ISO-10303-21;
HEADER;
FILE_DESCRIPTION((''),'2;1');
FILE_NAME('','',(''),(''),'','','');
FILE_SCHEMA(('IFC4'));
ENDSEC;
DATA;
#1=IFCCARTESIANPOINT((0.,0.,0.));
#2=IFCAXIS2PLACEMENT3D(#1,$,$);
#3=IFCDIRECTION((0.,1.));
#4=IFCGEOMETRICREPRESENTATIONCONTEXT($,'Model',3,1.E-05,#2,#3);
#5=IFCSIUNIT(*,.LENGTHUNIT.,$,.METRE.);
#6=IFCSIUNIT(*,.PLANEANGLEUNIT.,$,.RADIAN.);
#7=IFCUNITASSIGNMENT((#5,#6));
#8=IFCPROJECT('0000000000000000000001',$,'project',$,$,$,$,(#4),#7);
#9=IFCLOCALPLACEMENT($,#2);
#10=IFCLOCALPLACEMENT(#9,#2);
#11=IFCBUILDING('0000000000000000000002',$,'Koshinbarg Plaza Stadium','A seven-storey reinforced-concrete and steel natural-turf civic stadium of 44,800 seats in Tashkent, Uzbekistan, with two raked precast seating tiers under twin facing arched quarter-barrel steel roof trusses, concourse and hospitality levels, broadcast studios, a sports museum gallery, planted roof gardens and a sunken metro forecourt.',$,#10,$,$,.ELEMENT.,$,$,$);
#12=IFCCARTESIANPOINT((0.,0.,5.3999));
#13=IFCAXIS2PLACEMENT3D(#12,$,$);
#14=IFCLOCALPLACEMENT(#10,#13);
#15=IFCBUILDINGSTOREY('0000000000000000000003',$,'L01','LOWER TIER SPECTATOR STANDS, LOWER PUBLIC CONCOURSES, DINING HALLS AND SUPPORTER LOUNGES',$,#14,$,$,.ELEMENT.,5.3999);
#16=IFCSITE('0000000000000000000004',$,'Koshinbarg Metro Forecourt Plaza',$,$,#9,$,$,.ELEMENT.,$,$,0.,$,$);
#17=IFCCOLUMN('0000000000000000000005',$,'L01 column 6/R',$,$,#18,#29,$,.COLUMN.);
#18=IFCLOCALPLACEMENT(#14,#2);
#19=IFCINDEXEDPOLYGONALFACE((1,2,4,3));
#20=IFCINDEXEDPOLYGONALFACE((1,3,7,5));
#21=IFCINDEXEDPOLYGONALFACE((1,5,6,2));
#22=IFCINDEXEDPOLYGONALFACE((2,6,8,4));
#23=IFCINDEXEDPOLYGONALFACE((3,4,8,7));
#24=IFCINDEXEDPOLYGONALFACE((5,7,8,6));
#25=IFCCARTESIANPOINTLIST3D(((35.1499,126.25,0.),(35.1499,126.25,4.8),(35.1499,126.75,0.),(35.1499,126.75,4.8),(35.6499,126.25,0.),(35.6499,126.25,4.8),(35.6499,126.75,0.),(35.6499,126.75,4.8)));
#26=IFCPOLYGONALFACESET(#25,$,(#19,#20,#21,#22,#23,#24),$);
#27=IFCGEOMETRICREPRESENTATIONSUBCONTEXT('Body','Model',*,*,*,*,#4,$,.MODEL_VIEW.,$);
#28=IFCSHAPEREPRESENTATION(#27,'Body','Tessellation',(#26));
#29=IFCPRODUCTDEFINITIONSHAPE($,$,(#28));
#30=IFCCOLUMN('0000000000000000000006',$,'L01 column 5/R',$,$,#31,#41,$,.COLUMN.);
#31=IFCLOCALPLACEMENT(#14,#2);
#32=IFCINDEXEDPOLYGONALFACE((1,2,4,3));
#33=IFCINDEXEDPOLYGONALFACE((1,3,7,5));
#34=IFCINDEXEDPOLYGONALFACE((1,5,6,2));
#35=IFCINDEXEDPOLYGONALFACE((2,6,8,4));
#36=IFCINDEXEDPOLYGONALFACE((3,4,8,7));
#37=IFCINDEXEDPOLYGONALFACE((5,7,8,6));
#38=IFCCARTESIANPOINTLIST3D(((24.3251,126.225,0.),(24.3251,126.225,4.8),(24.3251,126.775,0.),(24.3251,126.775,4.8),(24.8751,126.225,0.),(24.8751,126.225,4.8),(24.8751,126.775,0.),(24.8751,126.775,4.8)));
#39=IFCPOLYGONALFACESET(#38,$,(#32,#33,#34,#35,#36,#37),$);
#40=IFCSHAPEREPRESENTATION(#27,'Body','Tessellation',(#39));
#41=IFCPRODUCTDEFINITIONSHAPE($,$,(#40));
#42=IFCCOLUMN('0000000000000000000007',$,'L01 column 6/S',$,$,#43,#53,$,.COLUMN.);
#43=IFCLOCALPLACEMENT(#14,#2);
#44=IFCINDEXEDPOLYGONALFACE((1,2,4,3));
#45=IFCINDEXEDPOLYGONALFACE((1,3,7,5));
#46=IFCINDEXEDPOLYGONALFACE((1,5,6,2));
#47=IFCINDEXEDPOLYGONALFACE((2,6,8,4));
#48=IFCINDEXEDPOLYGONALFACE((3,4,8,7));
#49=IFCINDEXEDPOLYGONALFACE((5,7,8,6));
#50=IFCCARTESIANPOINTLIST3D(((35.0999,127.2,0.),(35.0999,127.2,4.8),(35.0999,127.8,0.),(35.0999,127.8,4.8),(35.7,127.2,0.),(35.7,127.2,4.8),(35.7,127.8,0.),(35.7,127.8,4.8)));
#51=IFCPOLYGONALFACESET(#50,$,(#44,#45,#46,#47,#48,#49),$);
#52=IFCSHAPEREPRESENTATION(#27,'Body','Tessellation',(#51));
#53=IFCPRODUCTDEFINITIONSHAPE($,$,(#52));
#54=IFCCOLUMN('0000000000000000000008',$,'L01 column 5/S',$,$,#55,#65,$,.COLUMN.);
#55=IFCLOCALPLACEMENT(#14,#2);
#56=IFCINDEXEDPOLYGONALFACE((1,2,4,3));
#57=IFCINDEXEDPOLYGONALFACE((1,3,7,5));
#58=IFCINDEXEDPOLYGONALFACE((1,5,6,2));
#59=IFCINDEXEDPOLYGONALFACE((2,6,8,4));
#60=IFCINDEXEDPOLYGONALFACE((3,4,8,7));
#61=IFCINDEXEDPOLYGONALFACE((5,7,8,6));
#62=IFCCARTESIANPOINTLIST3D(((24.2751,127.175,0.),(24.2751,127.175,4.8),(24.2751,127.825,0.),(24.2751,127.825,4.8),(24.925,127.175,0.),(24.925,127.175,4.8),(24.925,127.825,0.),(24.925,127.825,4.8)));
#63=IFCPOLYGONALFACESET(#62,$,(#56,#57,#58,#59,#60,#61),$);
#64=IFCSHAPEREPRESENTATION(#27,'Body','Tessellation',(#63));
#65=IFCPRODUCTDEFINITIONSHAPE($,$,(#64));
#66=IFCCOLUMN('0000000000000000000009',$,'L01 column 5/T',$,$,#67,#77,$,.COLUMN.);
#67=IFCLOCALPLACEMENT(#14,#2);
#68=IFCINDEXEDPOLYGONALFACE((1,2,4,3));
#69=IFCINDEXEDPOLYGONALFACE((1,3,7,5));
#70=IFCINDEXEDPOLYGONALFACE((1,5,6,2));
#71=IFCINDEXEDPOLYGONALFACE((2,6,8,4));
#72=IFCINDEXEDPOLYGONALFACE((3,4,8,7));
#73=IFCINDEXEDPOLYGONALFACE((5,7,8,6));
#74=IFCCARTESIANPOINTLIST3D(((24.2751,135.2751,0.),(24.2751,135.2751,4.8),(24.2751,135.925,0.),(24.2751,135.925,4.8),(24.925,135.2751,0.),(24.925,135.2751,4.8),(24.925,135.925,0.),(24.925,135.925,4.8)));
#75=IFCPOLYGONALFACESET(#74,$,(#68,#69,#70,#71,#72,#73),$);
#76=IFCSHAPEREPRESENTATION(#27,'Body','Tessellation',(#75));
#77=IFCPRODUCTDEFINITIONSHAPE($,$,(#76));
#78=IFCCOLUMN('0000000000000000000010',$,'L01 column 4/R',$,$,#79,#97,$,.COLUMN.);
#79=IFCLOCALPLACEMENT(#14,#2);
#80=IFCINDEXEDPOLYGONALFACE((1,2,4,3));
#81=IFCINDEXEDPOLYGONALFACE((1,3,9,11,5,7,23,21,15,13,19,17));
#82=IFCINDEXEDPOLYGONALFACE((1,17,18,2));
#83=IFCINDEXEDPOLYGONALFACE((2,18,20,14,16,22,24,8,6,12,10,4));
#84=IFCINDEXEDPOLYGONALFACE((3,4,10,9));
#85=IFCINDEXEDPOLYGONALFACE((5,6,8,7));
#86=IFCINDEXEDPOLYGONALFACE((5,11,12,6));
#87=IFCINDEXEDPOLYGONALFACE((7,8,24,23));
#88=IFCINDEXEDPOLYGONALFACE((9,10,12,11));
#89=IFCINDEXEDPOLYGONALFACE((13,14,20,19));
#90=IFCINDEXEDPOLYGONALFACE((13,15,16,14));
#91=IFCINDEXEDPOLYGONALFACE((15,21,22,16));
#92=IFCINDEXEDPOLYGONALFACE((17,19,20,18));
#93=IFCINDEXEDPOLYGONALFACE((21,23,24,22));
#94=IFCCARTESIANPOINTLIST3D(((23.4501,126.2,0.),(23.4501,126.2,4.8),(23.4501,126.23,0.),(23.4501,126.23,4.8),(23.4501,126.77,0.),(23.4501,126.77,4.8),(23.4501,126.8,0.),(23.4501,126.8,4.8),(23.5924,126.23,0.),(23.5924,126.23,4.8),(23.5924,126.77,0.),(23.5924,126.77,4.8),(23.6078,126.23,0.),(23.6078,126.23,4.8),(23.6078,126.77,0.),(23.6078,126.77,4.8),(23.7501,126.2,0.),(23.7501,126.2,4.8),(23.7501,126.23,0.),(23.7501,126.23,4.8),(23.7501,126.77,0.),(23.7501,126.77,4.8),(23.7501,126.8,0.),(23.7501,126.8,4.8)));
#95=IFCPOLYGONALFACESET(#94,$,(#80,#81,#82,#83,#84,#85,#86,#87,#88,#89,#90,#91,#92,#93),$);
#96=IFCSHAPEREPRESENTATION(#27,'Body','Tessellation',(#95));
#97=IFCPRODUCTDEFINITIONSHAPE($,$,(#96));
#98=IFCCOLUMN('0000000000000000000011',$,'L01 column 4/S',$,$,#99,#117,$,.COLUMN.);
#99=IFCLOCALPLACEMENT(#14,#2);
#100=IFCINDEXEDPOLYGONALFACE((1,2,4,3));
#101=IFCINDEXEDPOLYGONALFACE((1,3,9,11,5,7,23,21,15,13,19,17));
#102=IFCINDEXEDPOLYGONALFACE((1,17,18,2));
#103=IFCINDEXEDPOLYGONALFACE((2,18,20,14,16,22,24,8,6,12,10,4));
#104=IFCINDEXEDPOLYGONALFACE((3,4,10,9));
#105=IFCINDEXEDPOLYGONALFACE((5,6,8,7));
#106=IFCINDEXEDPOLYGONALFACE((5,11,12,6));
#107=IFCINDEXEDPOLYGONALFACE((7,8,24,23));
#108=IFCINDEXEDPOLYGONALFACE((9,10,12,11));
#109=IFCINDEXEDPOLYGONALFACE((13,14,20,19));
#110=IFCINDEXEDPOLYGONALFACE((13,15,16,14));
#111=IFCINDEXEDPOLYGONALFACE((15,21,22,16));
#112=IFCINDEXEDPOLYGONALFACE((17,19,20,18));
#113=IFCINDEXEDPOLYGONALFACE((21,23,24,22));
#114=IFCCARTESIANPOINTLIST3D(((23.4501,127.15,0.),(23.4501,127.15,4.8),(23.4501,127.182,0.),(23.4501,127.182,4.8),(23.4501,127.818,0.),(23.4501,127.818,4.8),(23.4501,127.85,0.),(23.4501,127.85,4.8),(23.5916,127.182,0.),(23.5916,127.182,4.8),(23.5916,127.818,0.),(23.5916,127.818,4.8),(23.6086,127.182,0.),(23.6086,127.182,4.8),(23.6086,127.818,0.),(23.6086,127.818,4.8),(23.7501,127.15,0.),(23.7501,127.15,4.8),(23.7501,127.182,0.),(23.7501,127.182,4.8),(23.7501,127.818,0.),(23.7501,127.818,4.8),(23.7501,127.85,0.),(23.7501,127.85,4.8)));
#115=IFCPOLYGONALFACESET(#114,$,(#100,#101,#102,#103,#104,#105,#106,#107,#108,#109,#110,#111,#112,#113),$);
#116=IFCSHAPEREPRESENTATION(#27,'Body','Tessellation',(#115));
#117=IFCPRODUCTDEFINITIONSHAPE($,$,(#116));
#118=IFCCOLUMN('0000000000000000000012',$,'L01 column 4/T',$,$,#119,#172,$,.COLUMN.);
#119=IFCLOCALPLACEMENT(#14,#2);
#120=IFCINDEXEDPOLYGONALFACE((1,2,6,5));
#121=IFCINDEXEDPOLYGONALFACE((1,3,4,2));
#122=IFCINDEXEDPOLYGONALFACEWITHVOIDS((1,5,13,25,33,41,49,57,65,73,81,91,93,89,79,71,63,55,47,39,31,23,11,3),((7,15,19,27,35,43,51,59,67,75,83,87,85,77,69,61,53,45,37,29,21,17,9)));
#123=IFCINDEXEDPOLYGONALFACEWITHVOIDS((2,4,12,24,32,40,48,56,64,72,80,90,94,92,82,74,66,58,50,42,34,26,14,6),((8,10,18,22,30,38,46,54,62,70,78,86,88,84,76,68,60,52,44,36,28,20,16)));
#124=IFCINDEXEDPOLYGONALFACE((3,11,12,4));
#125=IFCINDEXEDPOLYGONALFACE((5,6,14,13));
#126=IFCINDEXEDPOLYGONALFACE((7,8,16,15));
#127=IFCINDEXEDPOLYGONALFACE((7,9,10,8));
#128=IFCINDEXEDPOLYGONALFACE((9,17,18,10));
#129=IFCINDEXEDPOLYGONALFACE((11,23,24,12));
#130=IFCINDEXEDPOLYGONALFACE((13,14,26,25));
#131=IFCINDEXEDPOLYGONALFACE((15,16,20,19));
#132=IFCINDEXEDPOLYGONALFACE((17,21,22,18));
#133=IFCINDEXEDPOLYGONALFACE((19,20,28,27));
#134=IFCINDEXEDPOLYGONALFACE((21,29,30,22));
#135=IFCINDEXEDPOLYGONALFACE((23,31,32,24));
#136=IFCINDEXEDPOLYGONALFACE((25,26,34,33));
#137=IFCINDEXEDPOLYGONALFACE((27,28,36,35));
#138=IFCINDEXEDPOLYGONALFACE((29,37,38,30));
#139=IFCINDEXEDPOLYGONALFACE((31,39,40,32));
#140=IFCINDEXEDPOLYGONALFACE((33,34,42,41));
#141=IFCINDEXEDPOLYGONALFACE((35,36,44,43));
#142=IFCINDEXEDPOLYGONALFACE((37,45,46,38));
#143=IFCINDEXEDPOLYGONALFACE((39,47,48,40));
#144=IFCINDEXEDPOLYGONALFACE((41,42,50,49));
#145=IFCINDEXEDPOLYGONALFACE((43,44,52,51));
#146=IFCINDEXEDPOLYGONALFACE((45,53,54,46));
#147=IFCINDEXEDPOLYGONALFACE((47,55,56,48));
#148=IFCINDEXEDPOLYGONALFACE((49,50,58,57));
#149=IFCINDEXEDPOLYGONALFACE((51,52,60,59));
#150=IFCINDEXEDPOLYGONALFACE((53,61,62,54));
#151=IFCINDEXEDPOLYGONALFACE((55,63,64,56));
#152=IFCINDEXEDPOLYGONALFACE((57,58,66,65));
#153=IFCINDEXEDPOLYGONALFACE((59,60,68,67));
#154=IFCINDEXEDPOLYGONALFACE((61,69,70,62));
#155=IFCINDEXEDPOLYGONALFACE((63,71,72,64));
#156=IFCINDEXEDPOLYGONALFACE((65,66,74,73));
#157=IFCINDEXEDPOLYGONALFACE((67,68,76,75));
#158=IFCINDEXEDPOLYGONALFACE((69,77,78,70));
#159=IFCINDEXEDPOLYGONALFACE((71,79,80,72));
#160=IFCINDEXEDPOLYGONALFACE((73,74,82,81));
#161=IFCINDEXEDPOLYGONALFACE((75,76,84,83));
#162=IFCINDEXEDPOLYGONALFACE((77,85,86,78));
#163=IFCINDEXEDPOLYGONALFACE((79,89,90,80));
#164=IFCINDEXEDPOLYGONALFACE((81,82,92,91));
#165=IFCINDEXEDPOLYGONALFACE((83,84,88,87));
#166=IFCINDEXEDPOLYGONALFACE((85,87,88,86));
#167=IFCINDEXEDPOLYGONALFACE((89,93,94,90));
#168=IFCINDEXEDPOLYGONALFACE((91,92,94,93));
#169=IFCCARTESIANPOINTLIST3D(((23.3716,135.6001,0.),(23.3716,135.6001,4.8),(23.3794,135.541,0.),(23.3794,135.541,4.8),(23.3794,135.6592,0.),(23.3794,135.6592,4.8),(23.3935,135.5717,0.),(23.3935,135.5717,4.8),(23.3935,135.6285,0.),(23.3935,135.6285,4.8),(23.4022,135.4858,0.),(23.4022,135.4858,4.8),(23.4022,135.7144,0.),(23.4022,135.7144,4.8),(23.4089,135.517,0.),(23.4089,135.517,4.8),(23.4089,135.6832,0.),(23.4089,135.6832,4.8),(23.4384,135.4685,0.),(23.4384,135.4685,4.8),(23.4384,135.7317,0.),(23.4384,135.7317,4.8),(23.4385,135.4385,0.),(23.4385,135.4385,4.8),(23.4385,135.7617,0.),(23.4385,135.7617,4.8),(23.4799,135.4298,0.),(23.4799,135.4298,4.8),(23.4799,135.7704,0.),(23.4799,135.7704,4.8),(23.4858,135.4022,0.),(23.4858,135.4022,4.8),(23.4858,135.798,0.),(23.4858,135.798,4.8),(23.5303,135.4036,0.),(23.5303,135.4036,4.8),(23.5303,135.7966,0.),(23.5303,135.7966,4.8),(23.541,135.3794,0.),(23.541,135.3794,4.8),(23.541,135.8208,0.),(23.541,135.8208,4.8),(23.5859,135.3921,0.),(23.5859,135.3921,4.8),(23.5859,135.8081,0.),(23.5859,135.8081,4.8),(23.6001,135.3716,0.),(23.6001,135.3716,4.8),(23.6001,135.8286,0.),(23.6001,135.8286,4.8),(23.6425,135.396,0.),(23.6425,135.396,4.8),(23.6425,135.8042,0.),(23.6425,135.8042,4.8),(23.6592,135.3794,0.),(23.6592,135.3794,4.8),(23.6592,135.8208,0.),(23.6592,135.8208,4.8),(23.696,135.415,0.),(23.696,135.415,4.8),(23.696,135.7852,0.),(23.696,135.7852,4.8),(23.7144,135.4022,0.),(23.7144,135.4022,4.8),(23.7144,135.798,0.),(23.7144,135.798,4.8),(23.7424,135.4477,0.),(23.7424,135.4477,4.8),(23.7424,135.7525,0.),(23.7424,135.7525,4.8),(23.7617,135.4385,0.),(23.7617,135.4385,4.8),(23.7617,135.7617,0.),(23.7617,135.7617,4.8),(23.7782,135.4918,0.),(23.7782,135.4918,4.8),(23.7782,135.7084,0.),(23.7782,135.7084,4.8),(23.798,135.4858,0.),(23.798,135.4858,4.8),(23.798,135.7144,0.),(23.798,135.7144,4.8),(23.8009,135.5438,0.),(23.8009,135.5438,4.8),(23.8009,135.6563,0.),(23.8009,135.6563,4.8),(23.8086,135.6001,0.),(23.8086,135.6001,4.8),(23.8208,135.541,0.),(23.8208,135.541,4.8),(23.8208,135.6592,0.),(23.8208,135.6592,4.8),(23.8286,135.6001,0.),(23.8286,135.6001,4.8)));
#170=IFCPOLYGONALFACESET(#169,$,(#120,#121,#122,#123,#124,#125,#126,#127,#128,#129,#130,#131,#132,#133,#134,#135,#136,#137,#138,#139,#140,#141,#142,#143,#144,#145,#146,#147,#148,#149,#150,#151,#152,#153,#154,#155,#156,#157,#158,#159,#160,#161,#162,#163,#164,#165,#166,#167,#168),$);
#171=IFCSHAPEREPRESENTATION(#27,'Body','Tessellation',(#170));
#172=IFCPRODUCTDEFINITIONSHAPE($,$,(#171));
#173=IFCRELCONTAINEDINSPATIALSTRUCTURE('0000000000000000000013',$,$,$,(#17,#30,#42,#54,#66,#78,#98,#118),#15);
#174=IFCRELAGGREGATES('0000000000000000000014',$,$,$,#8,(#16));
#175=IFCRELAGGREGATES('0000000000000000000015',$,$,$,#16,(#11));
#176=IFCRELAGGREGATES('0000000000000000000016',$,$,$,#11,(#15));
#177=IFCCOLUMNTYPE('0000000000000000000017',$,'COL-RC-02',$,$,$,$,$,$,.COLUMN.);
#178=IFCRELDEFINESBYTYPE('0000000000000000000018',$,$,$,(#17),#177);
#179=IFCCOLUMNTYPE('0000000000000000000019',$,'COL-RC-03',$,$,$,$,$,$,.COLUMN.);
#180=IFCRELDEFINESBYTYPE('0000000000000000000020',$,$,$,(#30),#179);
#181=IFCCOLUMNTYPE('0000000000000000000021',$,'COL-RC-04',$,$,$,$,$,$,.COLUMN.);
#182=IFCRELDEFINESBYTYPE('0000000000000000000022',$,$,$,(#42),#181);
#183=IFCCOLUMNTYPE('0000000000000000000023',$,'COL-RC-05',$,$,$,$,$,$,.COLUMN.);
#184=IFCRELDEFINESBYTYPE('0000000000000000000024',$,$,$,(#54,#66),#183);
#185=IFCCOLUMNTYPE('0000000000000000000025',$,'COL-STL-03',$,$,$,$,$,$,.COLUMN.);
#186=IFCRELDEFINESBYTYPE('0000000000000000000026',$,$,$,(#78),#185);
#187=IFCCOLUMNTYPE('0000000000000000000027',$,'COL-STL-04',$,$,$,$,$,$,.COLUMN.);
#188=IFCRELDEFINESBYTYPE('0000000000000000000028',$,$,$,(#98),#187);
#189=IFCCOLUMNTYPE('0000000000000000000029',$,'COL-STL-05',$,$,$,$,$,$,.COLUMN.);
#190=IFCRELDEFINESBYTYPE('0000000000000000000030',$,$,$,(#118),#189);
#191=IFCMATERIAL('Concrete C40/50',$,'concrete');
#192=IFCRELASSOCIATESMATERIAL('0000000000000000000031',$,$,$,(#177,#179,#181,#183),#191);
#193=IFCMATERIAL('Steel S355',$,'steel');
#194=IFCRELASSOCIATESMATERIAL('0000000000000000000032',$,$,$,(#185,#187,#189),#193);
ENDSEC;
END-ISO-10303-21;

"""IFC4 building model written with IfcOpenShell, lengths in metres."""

from ifc_helpers import new_model, si_unit, direction, frame, origin, origin_2d, place, context, subcontext, project, spatial, rectangle, hollow_circle, i_section, extrude, material, material_profile, profile_set, type_object, element, save


model = new_model("IFC4")

# Units and contexts
model_context = context("Model", 3, precision=1e-05, world=origin(), true_north=direction((0.0, 1.0)))
body_context = subcontext(model_context, "Body", "Model", "MODEL_VIEW")
ifc_project = project(units=[si_unit("LENGTHUNIT", "METRE"), si_unit("PLANEANGLEUNIT", "RADIAN")], contexts=[model_context])

# Site, building, storey
site_placement = place(None, origin())
site = spatial("IfcSite", under=ifc_project, at=site_placement, Name="Koshinbarg Metro Forecourt Plaza", CompositionType="ELEMENT", RefElevation=0.0)
building_placement = place(site_placement, origin())
building = spatial("IfcBuilding", under=site, at=building_placement, Name="Koshinbarg Plaza Stadium", Description="A seven-storey reinforced-concrete and steel natural-turf civic stadium of 44,800 seats in Tashkent, Uzbekistan, with two raked precast seating tiers under twin facing arched quarter-barrel steel roof trusses, concourse and hospitality levels, broadcast studios, a sports museum gallery, planted roof gardens and a sunken metro forecourt.", CompositionType="ELEMENT")
storey_placement = place(building_placement, frame((0.0, 0.0, 5.3999)))
storey = spatial("IfcBuildingStorey", under=building, at=storey_placement, Name="L01", Description="LOWER TIER SPECTATOR STANDS, LOWER PUBLIC CONCOURSES, DINING HALLS AND SUPPORTER LOUNGES", CompositionType="ELEMENT", Elevation=5.3999)

# Columns
ifc_material_1 = material(Name="Concrete C40/50", Category="concrete")
ifc_material_profile_1 = material_profile(ifc_material_1, rectangle(XDim=0.5, YDim=0.5, at=origin_2d()), Name="RC 500x500")
ifc_profile_set_1 = profile_set([ifc_material_profile_1], Name="Concrete C40/50")
column_type_1 = type_object("IfcColumnType", Name="COL-RC-02", PredefinedType="COLUMN", material=ifc_profile_set_1)
column_1_placement = place(storey_placement, frame((35.3999, 126.5, 0.0), z_axis=(0.0, 0.0, 1.0), x_axis=(1.0, 0.0, 0.0)))
element("IfcColumn", 1, at=column_1_placement, inside=storey, type_object=column_type_1, Name="L01 column 6/R", PredefinedType="COLUMN", context=body_context, shape_type="SweptSolid", body=[
    extrude(rectangle(XDim=0.5, YDim=0.5, at=origin_2d()), origin(), (0.0, 0.0, 1.0), 4.8),
])
ifc_material_profile_2 = material_profile(ifc_material_1, rectangle(XDim=0.55, YDim=0.55, at=origin_2d()), Name="RC 550x550")
ifc_profile_set_2 = profile_set([ifc_material_profile_2], Name="Concrete C40/50")
column_type_2 = type_object("IfcColumnType", Name="COL-RC-03", PredefinedType="COLUMN", material=ifc_profile_set_2)
column_2_placement = place(storey_placement, frame((24.6001, 126.5, 0.0), z_axis=(0.0, 0.0, 1.0), x_axis=(1.0, 0.0, 0.0)))
element("IfcColumn", 2, at=column_2_placement, inside=storey, type_object=column_type_2, Name="L01 column 5/R", PredefinedType="COLUMN", context=body_context, shape_type="SweptSolid", body=[
    extrude(rectangle(XDim=0.55, YDim=0.55, at=origin_2d()), origin(), (0.0, 0.0, 1.0), 4.8),
])
ifc_material_profile_3 = material_profile(ifc_material_1, rectangle(XDim=0.6001, YDim=0.6001, at=origin_2d()), Name="RC 600x600")
ifc_profile_set_3 = profile_set([ifc_material_profile_3], Name="Concrete C40/50")
column_type_3 = type_object("IfcColumnType", Name="COL-RC-04", PredefinedType="COLUMN", material=ifc_profile_set_3)
column_3_placement = place(storey_placement, frame((35.3999, 127.5, 0.0), z_axis=(0.0, 0.0, 1.0), x_axis=(1.0, 0.0, 0.0)))
element("IfcColumn", 3, at=column_3_placement, inside=storey, type_object=column_type_3, Name="L01 column 6/S", PredefinedType="COLUMN", context=body_context, shape_type="SweptSolid", body=[
    extrude(rectangle(XDim=0.6001, YDim=0.6001, at=origin_2d()), origin(), (0.0, 0.0, 1.0), 4.8),
])
ifc_material_profile_4 = material_profile(ifc_material_1, rectangle(XDim=0.6499, YDim=0.6499, at=origin_2d()), Name="RC 650x650")
ifc_profile_set_4 = profile_set([ifc_material_profile_4], Name="Concrete C40/50")
column_type_4 = type_object("IfcColumnType", Name="COL-RC-05", PredefinedType="COLUMN", material=ifc_profile_set_4)
for number, where, z_axis, x_axis, name in (
    (4, (24.6001, 127.5, 0.0), (0.0, 0.0, 1.0), (1.0, 0.0, 0.0), "L01 column 5/S"),
    (5, (24.6001, 135.6001, 0.0), (0.0, 0.0, 1.0), (1.0, 0.0, 0.0), "L01 column 5/T"),
):
    element("IfcColumn", number, at=place(storey_placement, frame(where, z_axis=z_axis, x_axis=x_axis)), inside=storey, type_object=column_type_4, Name=name, PredefinedType="COLUMN", context=body_context, shape_type="SweptSolid", body=[
        extrude(rectangle(XDim=0.6499, YDim=0.6499, at=origin_2d()), origin(), (0.0, 0.0, 1.0), 4.8),
    ])
ifc_material_2 = material(Name="Steel S355", Category="steel")
ifc_material_profile_5 = material_profile(ifc_material_2, i_section(OverallWidth=0.3, OverallDepth=0.6001, WebThickness=0.0154, FlangeThickness=0.03, at=origin_2d()), Name="HEB 600")
ifc_profile_set_5 = profile_set([ifc_material_profile_5], Name="Steel S355")
column_type_5 = type_object("IfcColumnType", Name="COL-STL-03", PredefinedType="COLUMN", material=ifc_profile_set_5)
column_4_placement = place(storey_placement, frame((23.6001, 126.5, 0.0), z_axis=(0.0, 0.0, 1.0), x_axis=(1.0, 0.0, 0.0)))
element("IfcColumn", 6, at=column_4_placement, inside=storey, type_object=column_type_5, Name="L01 column 4/R", PredefinedType="COLUMN", context=body_context, shape_type="SweptSolid", body=[
    extrude(i_section(OverallWidth=0.3, OverallDepth=0.6001, WebThickness=0.0154, FlangeThickness=0.03, at=origin_2d()), origin(), (0.0, 0.0, 1.0), 4.8),
])
ifc_material_profile_6 = material_profile(ifc_material_2, i_section(OverallWidth=0.3, OverallDepth=0.7, WebThickness=0.0171, FlangeThickness=0.032, at=origin_2d()), Name="HEB 700")
ifc_profile_set_6 = profile_set([ifc_material_profile_6], Name="Steel S355")
column_type_6 = type_object("IfcColumnType", Name="COL-STL-04", PredefinedType="COLUMN", material=ifc_profile_set_6)
column_5_placement = place(storey_placement, frame((23.6001, 127.5, 0.0), z_axis=(0.0, 0.0, 1.0), x_axis=(1.0, 0.0, 0.0)))
element("IfcColumn", 7, at=column_5_placement, inside=storey, type_object=column_type_6, Name="L01 column 4/S", PredefinedType="COLUMN", context=body_context, shape_type="SweptSolid", body=[
    extrude(i_section(OverallWidth=0.3, OverallDepth=0.7, WebThickness=0.0171, FlangeThickness=0.032, at=origin_2d()), origin(), (0.0, 0.0, 1.0), 4.8),
])
ifc_material_profile_7 = material_profile(ifc_material_2, hollow_circle(Radius=0.2285, WallThickness=0.02, at=origin_2d()), Name="CHS 457x20")
ifc_profile_set_7 = profile_set([ifc_material_profile_7], Name="Steel S355")
column_type_7 = type_object("IfcColumnType", Name="COL-STL-05", PredefinedType="COLUMN", material=ifc_profile_set_7)
column_6_placement = place(storey_placement, frame((23.6001, 135.6001, 0.0), z_axis=(0.0, 0.0, 1.0), x_axis=(1.0, 0.0, 0.0)))
element("IfcColumn", 8, at=column_6_placement, inside=storey, type_object=column_type_7, Name="L01 column 4/T", PredefinedType="COLUMN", context=body_context, shape_type="SweptSolid", body=[
    extrude(hollow_circle(Radius=0.2285, WallThickness=0.02, at=origin_2d()), origin(), (0.0, 0.0, 1.0), 4.8),
])

save(model, "model.ifc")
